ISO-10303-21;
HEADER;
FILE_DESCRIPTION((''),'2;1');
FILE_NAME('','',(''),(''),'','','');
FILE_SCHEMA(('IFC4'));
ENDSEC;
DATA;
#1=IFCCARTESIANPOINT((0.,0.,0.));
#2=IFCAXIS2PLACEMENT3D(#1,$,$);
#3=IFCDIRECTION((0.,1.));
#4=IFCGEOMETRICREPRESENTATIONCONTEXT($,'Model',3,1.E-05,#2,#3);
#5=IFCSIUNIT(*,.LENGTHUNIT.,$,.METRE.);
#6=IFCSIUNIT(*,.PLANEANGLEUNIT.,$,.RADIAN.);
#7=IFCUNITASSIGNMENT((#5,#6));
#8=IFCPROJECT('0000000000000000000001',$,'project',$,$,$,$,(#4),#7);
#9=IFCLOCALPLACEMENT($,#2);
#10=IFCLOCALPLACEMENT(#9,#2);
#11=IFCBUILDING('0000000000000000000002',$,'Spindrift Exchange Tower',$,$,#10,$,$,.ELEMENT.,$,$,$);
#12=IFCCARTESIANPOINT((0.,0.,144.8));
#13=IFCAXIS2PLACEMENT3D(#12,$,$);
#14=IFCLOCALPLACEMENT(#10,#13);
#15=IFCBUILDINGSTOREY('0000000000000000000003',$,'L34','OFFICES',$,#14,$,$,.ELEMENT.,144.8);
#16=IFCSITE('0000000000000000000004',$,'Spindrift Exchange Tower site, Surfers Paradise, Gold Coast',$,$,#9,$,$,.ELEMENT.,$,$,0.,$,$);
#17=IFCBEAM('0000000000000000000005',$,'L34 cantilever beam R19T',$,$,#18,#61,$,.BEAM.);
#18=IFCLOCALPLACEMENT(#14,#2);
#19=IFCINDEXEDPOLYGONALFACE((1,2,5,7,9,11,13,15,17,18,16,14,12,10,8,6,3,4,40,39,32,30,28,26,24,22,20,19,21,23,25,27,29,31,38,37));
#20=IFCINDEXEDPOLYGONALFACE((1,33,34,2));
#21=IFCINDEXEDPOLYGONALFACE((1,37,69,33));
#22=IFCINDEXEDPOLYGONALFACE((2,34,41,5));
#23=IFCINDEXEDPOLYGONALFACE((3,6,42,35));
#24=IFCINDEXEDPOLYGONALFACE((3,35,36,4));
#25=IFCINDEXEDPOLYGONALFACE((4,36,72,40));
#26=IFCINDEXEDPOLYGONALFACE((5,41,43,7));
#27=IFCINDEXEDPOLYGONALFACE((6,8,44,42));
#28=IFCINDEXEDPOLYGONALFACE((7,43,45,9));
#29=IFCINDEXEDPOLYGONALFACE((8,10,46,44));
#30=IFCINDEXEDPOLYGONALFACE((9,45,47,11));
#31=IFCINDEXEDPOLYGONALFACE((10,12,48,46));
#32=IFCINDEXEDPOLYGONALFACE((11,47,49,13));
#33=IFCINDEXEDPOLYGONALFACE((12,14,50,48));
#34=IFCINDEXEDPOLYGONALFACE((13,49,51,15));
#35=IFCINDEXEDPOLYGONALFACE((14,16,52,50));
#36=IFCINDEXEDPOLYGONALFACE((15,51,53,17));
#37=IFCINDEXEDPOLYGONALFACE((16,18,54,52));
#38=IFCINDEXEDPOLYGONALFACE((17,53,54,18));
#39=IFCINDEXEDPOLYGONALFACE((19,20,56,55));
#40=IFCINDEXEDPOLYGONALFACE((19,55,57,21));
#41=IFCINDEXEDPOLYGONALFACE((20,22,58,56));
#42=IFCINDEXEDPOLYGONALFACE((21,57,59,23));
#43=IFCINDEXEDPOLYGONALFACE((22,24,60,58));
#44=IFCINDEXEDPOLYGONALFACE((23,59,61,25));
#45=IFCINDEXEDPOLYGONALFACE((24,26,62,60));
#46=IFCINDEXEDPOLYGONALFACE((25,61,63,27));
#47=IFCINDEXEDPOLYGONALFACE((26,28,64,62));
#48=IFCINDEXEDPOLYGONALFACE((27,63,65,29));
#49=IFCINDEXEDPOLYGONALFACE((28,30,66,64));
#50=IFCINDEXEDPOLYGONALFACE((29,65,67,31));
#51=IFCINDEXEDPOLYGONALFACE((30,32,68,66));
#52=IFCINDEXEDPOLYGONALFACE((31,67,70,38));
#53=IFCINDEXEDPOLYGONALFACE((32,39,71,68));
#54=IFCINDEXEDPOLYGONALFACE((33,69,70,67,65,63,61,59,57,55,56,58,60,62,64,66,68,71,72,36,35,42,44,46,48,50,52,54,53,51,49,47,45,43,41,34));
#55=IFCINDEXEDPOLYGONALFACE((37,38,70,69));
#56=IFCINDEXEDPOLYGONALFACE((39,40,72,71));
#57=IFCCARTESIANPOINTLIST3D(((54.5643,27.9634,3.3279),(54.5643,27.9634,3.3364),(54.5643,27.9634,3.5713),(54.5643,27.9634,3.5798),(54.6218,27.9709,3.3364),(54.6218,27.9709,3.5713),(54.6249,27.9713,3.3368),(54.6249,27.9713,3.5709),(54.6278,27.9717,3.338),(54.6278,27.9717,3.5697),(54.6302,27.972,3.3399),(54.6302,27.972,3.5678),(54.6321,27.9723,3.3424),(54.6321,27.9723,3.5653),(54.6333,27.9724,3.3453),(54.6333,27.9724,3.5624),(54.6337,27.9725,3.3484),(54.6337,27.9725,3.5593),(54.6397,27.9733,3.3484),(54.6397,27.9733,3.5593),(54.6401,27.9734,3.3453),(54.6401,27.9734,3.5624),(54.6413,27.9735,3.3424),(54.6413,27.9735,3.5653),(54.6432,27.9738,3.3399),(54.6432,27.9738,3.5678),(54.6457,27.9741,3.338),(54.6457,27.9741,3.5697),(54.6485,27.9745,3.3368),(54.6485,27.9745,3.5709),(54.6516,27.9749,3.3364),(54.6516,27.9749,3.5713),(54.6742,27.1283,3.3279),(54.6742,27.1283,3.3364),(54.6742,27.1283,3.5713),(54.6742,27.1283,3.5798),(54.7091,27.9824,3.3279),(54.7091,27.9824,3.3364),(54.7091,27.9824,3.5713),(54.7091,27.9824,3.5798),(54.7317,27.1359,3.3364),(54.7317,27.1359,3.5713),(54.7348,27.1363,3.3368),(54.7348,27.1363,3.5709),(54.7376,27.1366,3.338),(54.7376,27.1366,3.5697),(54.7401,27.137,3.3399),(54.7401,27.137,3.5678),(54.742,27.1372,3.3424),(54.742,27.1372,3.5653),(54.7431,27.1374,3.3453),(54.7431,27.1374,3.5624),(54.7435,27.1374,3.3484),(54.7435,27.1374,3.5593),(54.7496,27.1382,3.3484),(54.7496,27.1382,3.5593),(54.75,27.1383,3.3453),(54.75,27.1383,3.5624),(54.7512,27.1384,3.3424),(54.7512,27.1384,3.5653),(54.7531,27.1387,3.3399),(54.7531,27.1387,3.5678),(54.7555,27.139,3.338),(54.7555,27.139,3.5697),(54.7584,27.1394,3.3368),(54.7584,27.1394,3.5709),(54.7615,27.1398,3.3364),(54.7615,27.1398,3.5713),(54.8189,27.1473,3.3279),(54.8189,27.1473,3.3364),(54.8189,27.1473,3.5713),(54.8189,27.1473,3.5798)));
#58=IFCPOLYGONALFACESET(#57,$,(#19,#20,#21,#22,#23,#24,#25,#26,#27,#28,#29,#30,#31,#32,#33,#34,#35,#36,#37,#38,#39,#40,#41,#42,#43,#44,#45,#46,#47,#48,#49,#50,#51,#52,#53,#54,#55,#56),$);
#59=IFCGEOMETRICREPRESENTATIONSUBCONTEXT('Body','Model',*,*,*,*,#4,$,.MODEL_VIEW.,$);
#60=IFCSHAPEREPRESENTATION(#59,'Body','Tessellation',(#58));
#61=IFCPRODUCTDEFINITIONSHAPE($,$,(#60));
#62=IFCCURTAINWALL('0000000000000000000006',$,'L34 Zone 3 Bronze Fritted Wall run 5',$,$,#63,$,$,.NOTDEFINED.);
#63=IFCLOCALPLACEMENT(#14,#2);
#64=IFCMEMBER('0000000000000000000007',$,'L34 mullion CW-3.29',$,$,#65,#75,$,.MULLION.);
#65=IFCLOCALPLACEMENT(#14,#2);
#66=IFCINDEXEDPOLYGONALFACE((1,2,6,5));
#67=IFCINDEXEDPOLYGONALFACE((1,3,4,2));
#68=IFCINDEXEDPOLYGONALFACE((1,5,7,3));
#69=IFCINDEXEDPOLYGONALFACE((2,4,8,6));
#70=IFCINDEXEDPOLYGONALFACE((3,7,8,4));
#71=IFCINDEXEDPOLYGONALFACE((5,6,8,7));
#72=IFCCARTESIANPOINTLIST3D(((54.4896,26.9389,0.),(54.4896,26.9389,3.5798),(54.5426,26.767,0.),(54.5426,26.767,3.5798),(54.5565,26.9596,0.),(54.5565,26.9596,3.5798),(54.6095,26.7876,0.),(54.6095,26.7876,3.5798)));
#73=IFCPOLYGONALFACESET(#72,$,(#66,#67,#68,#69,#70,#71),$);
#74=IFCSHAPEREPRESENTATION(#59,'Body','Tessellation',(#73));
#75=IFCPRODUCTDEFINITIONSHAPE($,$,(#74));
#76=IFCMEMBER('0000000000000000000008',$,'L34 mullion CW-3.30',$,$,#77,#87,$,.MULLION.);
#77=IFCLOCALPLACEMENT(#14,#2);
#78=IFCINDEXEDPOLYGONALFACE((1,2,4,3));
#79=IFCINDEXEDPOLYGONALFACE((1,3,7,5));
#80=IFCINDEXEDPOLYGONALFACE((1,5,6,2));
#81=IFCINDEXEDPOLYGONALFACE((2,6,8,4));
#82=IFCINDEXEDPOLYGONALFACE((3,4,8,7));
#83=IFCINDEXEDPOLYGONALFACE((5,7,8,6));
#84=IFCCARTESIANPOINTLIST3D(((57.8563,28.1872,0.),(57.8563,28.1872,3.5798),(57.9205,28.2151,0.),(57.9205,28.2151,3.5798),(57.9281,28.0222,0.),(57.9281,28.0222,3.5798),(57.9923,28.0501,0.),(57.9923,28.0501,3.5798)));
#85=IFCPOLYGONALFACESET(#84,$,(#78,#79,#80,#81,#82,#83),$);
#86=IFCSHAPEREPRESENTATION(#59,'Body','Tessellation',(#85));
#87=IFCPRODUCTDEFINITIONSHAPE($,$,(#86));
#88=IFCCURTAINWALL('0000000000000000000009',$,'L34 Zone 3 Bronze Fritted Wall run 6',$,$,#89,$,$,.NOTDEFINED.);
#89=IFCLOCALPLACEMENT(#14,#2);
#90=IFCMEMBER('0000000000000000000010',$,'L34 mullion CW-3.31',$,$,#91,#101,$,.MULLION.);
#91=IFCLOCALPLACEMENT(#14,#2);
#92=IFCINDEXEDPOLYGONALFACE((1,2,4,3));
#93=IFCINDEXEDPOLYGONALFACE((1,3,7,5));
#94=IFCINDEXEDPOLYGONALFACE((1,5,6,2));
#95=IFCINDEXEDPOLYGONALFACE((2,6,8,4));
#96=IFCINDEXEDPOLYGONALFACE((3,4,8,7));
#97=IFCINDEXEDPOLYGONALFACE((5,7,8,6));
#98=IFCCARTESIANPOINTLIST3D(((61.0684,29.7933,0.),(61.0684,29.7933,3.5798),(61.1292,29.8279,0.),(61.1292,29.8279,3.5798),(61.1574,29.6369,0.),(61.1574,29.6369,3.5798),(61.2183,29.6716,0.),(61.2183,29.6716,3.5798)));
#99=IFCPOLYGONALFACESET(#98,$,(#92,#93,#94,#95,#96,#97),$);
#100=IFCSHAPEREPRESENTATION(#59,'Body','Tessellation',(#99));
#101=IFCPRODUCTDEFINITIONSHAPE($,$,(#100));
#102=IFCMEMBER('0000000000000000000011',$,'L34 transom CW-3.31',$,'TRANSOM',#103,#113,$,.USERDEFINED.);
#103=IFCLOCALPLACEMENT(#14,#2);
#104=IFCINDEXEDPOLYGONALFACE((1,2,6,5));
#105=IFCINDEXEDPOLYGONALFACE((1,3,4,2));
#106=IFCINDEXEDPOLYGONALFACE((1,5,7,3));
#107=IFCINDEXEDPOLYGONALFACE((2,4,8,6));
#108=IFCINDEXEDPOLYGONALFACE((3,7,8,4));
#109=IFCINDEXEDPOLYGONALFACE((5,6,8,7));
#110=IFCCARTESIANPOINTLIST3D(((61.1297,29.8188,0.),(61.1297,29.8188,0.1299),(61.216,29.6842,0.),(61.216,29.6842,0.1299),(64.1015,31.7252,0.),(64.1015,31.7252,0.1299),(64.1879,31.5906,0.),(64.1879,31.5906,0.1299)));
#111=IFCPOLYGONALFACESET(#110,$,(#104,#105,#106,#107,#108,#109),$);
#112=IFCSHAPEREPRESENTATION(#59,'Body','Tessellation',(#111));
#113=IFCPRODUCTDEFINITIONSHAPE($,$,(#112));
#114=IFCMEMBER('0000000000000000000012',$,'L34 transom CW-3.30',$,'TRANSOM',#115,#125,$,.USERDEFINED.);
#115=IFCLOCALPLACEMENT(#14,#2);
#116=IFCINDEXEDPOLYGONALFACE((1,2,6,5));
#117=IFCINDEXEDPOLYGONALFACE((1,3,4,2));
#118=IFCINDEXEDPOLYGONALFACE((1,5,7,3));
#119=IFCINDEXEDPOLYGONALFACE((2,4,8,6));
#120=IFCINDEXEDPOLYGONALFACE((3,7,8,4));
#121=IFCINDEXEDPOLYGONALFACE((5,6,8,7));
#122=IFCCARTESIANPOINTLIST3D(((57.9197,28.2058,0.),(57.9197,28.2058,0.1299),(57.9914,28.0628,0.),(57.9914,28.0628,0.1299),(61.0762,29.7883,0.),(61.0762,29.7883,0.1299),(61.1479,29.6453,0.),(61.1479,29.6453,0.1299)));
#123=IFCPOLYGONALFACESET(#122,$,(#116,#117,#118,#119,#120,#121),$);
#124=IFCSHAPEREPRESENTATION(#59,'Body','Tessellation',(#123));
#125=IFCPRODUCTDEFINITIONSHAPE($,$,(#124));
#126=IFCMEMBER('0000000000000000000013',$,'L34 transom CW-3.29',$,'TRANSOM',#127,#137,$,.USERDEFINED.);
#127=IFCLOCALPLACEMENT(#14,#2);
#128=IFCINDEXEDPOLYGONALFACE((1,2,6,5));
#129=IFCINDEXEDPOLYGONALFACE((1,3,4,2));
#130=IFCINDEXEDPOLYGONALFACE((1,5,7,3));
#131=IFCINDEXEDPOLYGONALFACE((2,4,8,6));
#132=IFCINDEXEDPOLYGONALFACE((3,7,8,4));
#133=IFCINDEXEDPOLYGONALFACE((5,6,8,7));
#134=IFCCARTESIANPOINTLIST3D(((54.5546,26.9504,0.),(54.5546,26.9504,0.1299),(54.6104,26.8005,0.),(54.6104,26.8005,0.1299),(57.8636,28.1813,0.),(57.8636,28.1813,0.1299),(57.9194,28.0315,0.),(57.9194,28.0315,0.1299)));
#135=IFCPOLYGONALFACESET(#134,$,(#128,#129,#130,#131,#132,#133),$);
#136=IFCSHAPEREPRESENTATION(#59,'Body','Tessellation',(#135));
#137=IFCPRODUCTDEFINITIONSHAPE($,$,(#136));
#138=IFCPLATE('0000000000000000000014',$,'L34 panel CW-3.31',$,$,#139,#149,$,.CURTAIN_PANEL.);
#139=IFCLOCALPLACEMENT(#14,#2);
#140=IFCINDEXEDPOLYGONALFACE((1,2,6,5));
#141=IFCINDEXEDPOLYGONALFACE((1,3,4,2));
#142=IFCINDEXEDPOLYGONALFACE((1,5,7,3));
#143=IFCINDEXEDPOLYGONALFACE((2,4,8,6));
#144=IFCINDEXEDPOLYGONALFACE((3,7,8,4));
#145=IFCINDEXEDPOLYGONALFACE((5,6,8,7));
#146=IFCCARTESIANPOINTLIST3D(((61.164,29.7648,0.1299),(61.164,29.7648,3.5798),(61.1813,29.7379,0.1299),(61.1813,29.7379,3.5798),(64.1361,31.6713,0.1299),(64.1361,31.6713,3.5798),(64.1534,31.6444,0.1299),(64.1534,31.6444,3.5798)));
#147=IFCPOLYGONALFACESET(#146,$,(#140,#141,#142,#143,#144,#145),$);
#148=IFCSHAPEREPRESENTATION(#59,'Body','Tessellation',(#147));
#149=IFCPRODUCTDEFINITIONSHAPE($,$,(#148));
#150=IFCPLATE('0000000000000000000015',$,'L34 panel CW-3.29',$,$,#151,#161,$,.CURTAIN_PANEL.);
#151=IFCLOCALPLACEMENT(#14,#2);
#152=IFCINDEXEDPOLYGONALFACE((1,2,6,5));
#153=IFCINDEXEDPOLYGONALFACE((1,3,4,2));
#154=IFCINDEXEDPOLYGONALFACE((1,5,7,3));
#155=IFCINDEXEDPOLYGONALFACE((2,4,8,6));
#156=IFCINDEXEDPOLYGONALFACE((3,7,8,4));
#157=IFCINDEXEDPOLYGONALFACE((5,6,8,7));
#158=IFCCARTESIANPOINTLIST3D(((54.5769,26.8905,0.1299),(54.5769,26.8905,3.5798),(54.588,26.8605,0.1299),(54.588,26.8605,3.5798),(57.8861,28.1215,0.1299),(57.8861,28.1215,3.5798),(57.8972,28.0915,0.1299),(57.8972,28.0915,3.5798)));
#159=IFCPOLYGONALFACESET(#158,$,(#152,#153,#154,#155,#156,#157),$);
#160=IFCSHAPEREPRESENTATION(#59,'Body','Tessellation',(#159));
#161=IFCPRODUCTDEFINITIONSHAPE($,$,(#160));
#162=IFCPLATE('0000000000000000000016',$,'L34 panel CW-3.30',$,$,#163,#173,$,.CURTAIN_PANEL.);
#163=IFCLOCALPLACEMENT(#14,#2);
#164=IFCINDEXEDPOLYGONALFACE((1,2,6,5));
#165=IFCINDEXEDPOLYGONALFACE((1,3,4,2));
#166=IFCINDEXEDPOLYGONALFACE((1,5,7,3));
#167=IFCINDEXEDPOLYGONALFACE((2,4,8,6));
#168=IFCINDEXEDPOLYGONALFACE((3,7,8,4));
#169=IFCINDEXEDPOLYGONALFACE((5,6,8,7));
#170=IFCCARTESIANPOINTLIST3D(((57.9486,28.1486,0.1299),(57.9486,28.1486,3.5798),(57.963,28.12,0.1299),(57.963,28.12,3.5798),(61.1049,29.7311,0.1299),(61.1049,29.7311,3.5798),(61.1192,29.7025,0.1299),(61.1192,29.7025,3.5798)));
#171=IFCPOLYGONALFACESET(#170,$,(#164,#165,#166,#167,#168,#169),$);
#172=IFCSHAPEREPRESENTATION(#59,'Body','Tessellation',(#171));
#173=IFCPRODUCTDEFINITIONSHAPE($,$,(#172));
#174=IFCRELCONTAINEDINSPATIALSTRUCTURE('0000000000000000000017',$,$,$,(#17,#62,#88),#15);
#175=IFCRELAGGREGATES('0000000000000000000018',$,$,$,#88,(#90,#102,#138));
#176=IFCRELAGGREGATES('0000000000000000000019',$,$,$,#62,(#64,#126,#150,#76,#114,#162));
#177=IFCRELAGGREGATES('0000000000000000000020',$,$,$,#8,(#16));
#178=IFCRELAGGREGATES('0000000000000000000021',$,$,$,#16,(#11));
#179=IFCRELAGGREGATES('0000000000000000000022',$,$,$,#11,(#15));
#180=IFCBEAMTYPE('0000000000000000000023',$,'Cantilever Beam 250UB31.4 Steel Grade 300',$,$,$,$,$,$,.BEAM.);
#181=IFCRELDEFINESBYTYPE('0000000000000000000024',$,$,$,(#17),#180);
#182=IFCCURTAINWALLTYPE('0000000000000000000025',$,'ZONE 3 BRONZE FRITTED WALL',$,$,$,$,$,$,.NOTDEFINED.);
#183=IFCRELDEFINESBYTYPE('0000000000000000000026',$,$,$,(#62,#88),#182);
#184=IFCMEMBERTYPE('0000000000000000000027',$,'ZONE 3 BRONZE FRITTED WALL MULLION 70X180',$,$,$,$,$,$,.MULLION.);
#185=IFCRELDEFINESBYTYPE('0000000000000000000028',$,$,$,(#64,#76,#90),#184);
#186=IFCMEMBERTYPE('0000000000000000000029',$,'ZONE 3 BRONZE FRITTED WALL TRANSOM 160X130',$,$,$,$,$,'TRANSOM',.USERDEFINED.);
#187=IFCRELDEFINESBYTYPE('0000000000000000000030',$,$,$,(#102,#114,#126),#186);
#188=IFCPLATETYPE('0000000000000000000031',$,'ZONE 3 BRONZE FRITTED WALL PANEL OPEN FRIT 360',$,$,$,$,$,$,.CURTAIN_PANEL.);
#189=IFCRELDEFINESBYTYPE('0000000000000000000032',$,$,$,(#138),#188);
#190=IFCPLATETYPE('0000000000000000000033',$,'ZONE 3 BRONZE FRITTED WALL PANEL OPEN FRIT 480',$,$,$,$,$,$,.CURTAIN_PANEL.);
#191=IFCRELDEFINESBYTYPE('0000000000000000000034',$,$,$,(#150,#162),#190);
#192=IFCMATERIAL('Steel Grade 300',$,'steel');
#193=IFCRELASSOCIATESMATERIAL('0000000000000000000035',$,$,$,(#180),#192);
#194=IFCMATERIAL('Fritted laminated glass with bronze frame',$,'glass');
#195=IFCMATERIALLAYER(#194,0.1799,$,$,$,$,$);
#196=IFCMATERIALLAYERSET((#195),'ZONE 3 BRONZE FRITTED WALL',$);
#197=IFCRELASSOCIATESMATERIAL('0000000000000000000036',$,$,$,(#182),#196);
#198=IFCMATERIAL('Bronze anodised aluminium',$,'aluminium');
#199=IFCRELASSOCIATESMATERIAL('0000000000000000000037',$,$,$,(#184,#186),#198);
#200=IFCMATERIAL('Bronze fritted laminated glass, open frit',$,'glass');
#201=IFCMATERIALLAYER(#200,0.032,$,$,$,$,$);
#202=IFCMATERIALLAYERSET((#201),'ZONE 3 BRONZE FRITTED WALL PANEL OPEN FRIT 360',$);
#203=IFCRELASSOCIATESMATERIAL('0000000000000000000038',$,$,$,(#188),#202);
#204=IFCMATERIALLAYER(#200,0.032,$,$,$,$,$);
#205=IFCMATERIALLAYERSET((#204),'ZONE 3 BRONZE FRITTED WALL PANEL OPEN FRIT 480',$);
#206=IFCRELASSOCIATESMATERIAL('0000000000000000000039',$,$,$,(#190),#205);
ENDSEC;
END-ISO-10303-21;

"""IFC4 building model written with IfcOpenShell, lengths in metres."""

from ifc_helpers import new_model, si_unit, direction, frame, origin, origin_2d, place, context, subcontext, project, spatial, rectangle, i_section, extrude, source, transform, mapped, material, layer, layer_set, material_profile, profile_set, type_object, element, aggregate, save


model = new_model("IFC4")

# Units and contexts
model_context = context("Model", 3, precision=1e-05, world=origin(), true_north=direction((0.0, 1.0)))
body_context = subcontext(model_context, "Body", "Model", "MODEL_VIEW")
ifc_project = project(units=[si_unit("LENGTHUNIT", "METRE"), si_unit("PLANEANGLEUNIT", "RADIAN")], contexts=[model_context])

# Site, building, storey
site_placement = place(None, origin())
site = spatial("IfcSite", under=ifc_project, at=site_placement, Name="Spindrift Exchange Tower site, Surfers Paradise, Gold Coast", CompositionType="ELEMENT", RefElevation=0.0)
building_placement = place(site_placement, origin())
building = spatial("IfcBuilding", under=site, at=building_placement, Name="Spindrift Exchange Tower", CompositionType="ELEMENT")
storey_placement = place(building_placement, frame((0.0, 0.0, 144.8)))
storey = spatial("IfcBuildingStorey", under=building, at=storey_placement, Name="L34", Description="OFFICES", CompositionType="ELEMENT", Elevation=144.8)

# Beam
ifc_material_1 = material(Name="Steel Grade 300", Category="steel")
ifc_material_profile_1 = material_profile(ifc_material_1, i_section(OverallWidth=0.146, OverallDepth=0.252, WebThickness=0.0061, FlangeThickness=0.0085, FilletRadius=0.012, at=origin_2d()), Name="250UB31.4")
ifc_profile_set_1 = profile_set([ifc_material_profile_1], Name="Steel Grade 300")
beam_type_1 = type_object("IfcBeamType", Name="Cantilever Beam 250UB31.4 Steel Grade 300", PredefinedType="BEAM", material=ifc_profile_set_1)
shared_shape_1 = source(origin(), body_context, "Body", "SweptSolid", [
    extrude(i_section(OverallWidth=0.146, OverallDepth=0.252, WebThickness=0.0061, FlangeThickness=0.0085, FilletRadius=0.012, at=origin_2d()), origin(), (0.0, 0.0, 1.0), 0.8423),
])
beam_1_placement = place(storey_placement, frame((54.6367, 27.9729, 3.4539), z_axis=(0.130417, -0.991459, 0.0), x_axis=(0.991459, 0.130417, 0.0)))
element("IfcBeam", 1, at=beam_1_placement, inside=storey, type_object=beam_type_1, Name="L34 cantilever beam R19T", PredefinedType="BEAM", context=body_context, shape_type="MappedRepresentation", body=[
    mapped(shared_shape_1, transform((0.0, 0.0, 0.0), scale=1.0)),
])

# Curtain walls, members
ifc_material_2 = material(Name="Fritted laminated glass with bronze frame", Category="glass")
ifc_layer_1 = layer(ifc_material_2, 0.1799)
ifc_layer_set_1 = layer_set([ifc_layer_1], Name="ZONE 3 BRONZE FRITTED WALL")
curtain_wall_type = type_object("IfcCurtainWallType", Name="ZONE 3 BRONZE FRITTED WALL", PredefinedType="NOTDEFINED", material=ifc_layer_set_1)
curtain_wall_1_placement = place(storey_placement, origin())
curtain_wall_1 = element("IfcCurtainWall", 2, at=curtain_wall_1_placement, inside=storey, type_object=curtain_wall_type, Name="L34 Zone 3 Bronze Fritted Wall run 5", PredefinedType="NOTDEFINED")
ifc_material_3 = material(Name="Bronze anodised aluminium", Category="aluminium")
ifc_material_profile_2 = material_profile(ifc_material_3, rectangle(XDim=0.0701, YDim=0.1799, at=origin_2d()), Name="ZONE 3 BRONZE FRITTED WALL MULLION 70X180")
ifc_profile_set_2 = profile_set([ifc_material_profile_2], Name="Bronze anodised aluminium")
member_type_1 = type_object("IfcMemberType", Name="ZONE 3 BRONZE FRITTED WALL MULLION 70X180", PredefinedType="MULLION", material=ifc_profile_set_2)
shared_shape_2 = source(origin(), body_context, "Body", "SweptSolid", [
    extrude(rectangle(XDim=0.0701, YDim=0.1799, at=origin_2d()), origin(), (0.0, 0.0, 1.0), 3.5798),
])
member_1_placement = place(storey_placement, frame((54.5496, 26.8633, 0.0), z_axis=(0.0, 0.0, 1.0), x_axis=(0.955647, 0.294515, 0.0)))
member_1 = element("IfcMember", 3, at=member_1_placement, type_object=member_type_1, Name="L34 mullion CW-3.29", PredefinedType="MULLION", context=body_context, shape_type="MappedRepresentation", body=[
    mapped(shared_shape_2, transform((0.0, 0.0, 0.0), scale=1.0)),
])
member_2_placement = place(storey_placement, frame((57.9243, 28.1187, 0.0), z_axis=(0.0, 0.0, 1.0), x_axis=(0.916944, 0.399015, 0.0)))
member_2 = element("IfcMember", 4, at=member_2_placement, type_object=member_type_1, Name="L34 mullion CW-3.30", PredefinedType="MULLION", context=body_context, shape_type="MappedRepresentation", body=[
    mapped(shared_shape_2, transform((0.0, 0.0, 0.0), scale=1.0)),
])
curtain_wall_2_placement = place(storey_placement, origin())
curtain_wall_2 = element("IfcCurtainWall", 5, at=curtain_wall_2_placement, inside=storey, type_object=curtain_wall_type, Name="L34 Zone 3 Bronze Fritted Wall run 6", PredefinedType="NOTDEFINED")
member_3_placement = place(storey_placement, frame((61.1433, 29.7324, 0.0), z_axis=(0.0, 0.0, 1.0), x_axis=(0.869028, 0.494763, 0.0)))
member_3 = element("IfcMember", 6, at=member_3_placement, type_object=member_type_1, Name="L34 mullion CW-3.31", PredefinedType="MULLION", context=body_context, shape_type="MappedRepresentation", body=[
    mapped(shared_shape_2, transform((0.0, 0.0, 0.0), scale=1.0)),
])
ifc_material_profile_3 = material_profile(ifc_material_3, rectangle(XDim=0.1599, YDim=0.1299, at=origin_2d()), Name="ZONE 3 BRONZE FRITTED WALL TRANSOM 160X130")
ifc_profile_set_3 = profile_set([ifc_material_profile_3], Name="Bronze anodised aluminium")
member_type_2 = type_object("IfcMemberType", Name="ZONE 3 BRONZE FRITTED WALL TRANSOM 160X130", ElementType="TRANSOM", PredefinedType="USERDEFINED", material=ifc_profile_set_3)
shared_shape_3 = source(origin(), body_context, "Body", "SweptSolid", [
    extrude(rectangle(XDim=0.1599, YDim=0.1299, at=origin_2d()), origin(), (0.0, 0.0, 1.0), 3.5308),
])
member_4_placement = place(storey_placement, frame((61.1729, 29.7515, 0.0649), z_axis=(0.841697, 0.53995, 0.0), x_axis=(-0.53995, 0.841697, 0.0)))
member_4 = element("IfcMember", 7, at=member_4_placement, type_object=member_type_2, Name="L34 transom CW-3.31", ObjectType="TRANSOM", PredefinedType="USERDEFINED", context=body_context, shape_type="MappedRepresentation", body=[
    mapped(shared_shape_3, transform((0.0, 0.0, 0.0), scale=1.0)),
])

# Members
shared_shape_4 = source(origin(), body_context, "Body", "SweptSolid", [
    extrude(rectangle(XDim=0.1599, YDim=0.1299, at=origin_2d()), origin(), (0.0, 0.0, 1.0), 3.531),
])
member_5_placement = place(storey_placement, frame((57.9556, 28.1343, 0.0649), z_axis=(0.893943, 0.448181, 0.0), x_axis=(-0.448181, 0.893943, 0.0)))
member_5 = element("IfcMember", 8, at=member_5_placement, type_object=member_type_2, Name="L34 transom CW-3.30", ObjectType="TRANSOM", PredefinedType="USERDEFINED", context=body_context, shape_type="MappedRepresentation", body=[
    mapped(shared_shape_4, transform((0.0, 0.0, 0.0), scale=1.0)),
])
shared_shape_5 = source(origin(), body_context, "Body", "SweptSolid", [
    extrude(rectangle(XDim=0.1599, YDim=0.1299, at=origin_2d()), origin(), (0.0, 0.0, 1.0), 3.5305),
])
member_6_placement = place(storey_placement, frame((54.5825, 26.8755, 0.0649), z_axis=(0.937252, 0.348652, 0.0), x_axis=(-0.348652, 0.937252, 0.0)))
member_6 = element("IfcMember", 9, at=member_6_placement, type_object=member_type_2, Name="L34 transom CW-3.29", ObjectType="TRANSOM", PredefinedType="USERDEFINED", context=body_context, shape_type="MappedRepresentation", body=[
    mapped(shared_shape_5, transform((0.0, 0.0, 0.0), scale=1.0)),
])

# Plates
ifc_material_4 = material(Name="Bronze fritted laminated glass, open frit", Category="glass")
ifc_layer_2 = layer(ifc_material_4, 0.032)
ifc_layer_set_2 = layer_set([ifc_layer_2], Name="ZONE 3 BRONZE FRITTED WALL PANEL OPEN FRIT 360")
plate_type_1 = type_object("IfcPlateType", Name="ZONE 3 BRONZE FRITTED WALL PANEL OPEN FRIT 360", PredefinedType="CURTAIN_PANEL", material=ifc_layer_set_2)
shared_shape_6 = source(origin(), body_context, "Body", "SweptSolid", [
    extrude(rectangle(XDim=3.531, YDim=0.032, at=origin_2d()), origin(), (0.0, 0.0, 1.0), 3.45),
])
plate_1_placement = place(storey_placement, frame((62.6587, 30.7046, 0.1299), z_axis=(0.0, 0.0, 1.0), x_axis=(0.8417, 0.539945, 0.0)))
plate_1 = element("IfcPlate", 10, at=plate_1_placement, type_object=plate_type_1, Name="L34 panel CW-3.31", PredefinedType="CURTAIN_PANEL", context=body_context, shape_type="MappedRepresentation", body=[
    mapped(shared_shape_6, transform((0.0, 0.0, 0.0), scale=1.0)),
])
aggregate(curtain_wall_2, [member_3, member_4, plate_1])
ifc_layer_3 = layer(ifc_material_4, 0.032)
ifc_layer_set_3 = layer_set([ifc_layer_3], Name="ZONE 3 BRONZE FRITTED WALL PANEL OPEN FRIT 480")
plate_type_2 = type_object("IfcPlateType", Name="ZONE 3 BRONZE FRITTED WALL PANEL OPEN FRIT 480", PredefinedType="CURTAIN_PANEL", material=ifc_layer_set_3)
shared_shape_7 = source(origin(), body_context, "Body", "SweptSolid", [
    extrude(rectangle(XDim=3.5308, YDim=0.032, at=origin_2d()), origin(), (0.0, 0.0, 1.0), 3.45),
])
plate_2_placement = place(storey_placement, frame((56.2371, 27.491, 0.1299), z_axis=(0.0, 0.0, 1.0), x_axis=(0.937253, 0.348651, 0.0)))
plate_2 = element("IfcPlate", 11, at=plate_2_placement, type_object=plate_type_2, Name="L34 panel CW-3.29", PredefinedType="CURTAIN_PANEL", context=body_context, shape_type="MappedRepresentation", body=[
    mapped(shared_shape_7, transform((0.0, 0.0, 0.0), scale=1.0)),
])
plate_3_placement = place(storey_placement, frame((59.5339, 28.9255, 0.1299), z_axis=(0.0, 0.0, 1.0), x_axis=(0.893932, 0.448202, 0.0)))
plate_3 = element("IfcPlate", 12, at=plate_3_placement, type_object=plate_type_2, Name="L34 panel CW-3.30", PredefinedType="CURTAIN_PANEL", context=body_context, shape_type="MappedRepresentation", body=[
    mapped(shared_shape_7, transform((0.0, 0.0, 0.0), scale=1.0)),
])
aggregate(curtain_wall_1, [member_1, member_6, plate_2, member_2, member_5, plate_3])

save(model, "model.ifc")
